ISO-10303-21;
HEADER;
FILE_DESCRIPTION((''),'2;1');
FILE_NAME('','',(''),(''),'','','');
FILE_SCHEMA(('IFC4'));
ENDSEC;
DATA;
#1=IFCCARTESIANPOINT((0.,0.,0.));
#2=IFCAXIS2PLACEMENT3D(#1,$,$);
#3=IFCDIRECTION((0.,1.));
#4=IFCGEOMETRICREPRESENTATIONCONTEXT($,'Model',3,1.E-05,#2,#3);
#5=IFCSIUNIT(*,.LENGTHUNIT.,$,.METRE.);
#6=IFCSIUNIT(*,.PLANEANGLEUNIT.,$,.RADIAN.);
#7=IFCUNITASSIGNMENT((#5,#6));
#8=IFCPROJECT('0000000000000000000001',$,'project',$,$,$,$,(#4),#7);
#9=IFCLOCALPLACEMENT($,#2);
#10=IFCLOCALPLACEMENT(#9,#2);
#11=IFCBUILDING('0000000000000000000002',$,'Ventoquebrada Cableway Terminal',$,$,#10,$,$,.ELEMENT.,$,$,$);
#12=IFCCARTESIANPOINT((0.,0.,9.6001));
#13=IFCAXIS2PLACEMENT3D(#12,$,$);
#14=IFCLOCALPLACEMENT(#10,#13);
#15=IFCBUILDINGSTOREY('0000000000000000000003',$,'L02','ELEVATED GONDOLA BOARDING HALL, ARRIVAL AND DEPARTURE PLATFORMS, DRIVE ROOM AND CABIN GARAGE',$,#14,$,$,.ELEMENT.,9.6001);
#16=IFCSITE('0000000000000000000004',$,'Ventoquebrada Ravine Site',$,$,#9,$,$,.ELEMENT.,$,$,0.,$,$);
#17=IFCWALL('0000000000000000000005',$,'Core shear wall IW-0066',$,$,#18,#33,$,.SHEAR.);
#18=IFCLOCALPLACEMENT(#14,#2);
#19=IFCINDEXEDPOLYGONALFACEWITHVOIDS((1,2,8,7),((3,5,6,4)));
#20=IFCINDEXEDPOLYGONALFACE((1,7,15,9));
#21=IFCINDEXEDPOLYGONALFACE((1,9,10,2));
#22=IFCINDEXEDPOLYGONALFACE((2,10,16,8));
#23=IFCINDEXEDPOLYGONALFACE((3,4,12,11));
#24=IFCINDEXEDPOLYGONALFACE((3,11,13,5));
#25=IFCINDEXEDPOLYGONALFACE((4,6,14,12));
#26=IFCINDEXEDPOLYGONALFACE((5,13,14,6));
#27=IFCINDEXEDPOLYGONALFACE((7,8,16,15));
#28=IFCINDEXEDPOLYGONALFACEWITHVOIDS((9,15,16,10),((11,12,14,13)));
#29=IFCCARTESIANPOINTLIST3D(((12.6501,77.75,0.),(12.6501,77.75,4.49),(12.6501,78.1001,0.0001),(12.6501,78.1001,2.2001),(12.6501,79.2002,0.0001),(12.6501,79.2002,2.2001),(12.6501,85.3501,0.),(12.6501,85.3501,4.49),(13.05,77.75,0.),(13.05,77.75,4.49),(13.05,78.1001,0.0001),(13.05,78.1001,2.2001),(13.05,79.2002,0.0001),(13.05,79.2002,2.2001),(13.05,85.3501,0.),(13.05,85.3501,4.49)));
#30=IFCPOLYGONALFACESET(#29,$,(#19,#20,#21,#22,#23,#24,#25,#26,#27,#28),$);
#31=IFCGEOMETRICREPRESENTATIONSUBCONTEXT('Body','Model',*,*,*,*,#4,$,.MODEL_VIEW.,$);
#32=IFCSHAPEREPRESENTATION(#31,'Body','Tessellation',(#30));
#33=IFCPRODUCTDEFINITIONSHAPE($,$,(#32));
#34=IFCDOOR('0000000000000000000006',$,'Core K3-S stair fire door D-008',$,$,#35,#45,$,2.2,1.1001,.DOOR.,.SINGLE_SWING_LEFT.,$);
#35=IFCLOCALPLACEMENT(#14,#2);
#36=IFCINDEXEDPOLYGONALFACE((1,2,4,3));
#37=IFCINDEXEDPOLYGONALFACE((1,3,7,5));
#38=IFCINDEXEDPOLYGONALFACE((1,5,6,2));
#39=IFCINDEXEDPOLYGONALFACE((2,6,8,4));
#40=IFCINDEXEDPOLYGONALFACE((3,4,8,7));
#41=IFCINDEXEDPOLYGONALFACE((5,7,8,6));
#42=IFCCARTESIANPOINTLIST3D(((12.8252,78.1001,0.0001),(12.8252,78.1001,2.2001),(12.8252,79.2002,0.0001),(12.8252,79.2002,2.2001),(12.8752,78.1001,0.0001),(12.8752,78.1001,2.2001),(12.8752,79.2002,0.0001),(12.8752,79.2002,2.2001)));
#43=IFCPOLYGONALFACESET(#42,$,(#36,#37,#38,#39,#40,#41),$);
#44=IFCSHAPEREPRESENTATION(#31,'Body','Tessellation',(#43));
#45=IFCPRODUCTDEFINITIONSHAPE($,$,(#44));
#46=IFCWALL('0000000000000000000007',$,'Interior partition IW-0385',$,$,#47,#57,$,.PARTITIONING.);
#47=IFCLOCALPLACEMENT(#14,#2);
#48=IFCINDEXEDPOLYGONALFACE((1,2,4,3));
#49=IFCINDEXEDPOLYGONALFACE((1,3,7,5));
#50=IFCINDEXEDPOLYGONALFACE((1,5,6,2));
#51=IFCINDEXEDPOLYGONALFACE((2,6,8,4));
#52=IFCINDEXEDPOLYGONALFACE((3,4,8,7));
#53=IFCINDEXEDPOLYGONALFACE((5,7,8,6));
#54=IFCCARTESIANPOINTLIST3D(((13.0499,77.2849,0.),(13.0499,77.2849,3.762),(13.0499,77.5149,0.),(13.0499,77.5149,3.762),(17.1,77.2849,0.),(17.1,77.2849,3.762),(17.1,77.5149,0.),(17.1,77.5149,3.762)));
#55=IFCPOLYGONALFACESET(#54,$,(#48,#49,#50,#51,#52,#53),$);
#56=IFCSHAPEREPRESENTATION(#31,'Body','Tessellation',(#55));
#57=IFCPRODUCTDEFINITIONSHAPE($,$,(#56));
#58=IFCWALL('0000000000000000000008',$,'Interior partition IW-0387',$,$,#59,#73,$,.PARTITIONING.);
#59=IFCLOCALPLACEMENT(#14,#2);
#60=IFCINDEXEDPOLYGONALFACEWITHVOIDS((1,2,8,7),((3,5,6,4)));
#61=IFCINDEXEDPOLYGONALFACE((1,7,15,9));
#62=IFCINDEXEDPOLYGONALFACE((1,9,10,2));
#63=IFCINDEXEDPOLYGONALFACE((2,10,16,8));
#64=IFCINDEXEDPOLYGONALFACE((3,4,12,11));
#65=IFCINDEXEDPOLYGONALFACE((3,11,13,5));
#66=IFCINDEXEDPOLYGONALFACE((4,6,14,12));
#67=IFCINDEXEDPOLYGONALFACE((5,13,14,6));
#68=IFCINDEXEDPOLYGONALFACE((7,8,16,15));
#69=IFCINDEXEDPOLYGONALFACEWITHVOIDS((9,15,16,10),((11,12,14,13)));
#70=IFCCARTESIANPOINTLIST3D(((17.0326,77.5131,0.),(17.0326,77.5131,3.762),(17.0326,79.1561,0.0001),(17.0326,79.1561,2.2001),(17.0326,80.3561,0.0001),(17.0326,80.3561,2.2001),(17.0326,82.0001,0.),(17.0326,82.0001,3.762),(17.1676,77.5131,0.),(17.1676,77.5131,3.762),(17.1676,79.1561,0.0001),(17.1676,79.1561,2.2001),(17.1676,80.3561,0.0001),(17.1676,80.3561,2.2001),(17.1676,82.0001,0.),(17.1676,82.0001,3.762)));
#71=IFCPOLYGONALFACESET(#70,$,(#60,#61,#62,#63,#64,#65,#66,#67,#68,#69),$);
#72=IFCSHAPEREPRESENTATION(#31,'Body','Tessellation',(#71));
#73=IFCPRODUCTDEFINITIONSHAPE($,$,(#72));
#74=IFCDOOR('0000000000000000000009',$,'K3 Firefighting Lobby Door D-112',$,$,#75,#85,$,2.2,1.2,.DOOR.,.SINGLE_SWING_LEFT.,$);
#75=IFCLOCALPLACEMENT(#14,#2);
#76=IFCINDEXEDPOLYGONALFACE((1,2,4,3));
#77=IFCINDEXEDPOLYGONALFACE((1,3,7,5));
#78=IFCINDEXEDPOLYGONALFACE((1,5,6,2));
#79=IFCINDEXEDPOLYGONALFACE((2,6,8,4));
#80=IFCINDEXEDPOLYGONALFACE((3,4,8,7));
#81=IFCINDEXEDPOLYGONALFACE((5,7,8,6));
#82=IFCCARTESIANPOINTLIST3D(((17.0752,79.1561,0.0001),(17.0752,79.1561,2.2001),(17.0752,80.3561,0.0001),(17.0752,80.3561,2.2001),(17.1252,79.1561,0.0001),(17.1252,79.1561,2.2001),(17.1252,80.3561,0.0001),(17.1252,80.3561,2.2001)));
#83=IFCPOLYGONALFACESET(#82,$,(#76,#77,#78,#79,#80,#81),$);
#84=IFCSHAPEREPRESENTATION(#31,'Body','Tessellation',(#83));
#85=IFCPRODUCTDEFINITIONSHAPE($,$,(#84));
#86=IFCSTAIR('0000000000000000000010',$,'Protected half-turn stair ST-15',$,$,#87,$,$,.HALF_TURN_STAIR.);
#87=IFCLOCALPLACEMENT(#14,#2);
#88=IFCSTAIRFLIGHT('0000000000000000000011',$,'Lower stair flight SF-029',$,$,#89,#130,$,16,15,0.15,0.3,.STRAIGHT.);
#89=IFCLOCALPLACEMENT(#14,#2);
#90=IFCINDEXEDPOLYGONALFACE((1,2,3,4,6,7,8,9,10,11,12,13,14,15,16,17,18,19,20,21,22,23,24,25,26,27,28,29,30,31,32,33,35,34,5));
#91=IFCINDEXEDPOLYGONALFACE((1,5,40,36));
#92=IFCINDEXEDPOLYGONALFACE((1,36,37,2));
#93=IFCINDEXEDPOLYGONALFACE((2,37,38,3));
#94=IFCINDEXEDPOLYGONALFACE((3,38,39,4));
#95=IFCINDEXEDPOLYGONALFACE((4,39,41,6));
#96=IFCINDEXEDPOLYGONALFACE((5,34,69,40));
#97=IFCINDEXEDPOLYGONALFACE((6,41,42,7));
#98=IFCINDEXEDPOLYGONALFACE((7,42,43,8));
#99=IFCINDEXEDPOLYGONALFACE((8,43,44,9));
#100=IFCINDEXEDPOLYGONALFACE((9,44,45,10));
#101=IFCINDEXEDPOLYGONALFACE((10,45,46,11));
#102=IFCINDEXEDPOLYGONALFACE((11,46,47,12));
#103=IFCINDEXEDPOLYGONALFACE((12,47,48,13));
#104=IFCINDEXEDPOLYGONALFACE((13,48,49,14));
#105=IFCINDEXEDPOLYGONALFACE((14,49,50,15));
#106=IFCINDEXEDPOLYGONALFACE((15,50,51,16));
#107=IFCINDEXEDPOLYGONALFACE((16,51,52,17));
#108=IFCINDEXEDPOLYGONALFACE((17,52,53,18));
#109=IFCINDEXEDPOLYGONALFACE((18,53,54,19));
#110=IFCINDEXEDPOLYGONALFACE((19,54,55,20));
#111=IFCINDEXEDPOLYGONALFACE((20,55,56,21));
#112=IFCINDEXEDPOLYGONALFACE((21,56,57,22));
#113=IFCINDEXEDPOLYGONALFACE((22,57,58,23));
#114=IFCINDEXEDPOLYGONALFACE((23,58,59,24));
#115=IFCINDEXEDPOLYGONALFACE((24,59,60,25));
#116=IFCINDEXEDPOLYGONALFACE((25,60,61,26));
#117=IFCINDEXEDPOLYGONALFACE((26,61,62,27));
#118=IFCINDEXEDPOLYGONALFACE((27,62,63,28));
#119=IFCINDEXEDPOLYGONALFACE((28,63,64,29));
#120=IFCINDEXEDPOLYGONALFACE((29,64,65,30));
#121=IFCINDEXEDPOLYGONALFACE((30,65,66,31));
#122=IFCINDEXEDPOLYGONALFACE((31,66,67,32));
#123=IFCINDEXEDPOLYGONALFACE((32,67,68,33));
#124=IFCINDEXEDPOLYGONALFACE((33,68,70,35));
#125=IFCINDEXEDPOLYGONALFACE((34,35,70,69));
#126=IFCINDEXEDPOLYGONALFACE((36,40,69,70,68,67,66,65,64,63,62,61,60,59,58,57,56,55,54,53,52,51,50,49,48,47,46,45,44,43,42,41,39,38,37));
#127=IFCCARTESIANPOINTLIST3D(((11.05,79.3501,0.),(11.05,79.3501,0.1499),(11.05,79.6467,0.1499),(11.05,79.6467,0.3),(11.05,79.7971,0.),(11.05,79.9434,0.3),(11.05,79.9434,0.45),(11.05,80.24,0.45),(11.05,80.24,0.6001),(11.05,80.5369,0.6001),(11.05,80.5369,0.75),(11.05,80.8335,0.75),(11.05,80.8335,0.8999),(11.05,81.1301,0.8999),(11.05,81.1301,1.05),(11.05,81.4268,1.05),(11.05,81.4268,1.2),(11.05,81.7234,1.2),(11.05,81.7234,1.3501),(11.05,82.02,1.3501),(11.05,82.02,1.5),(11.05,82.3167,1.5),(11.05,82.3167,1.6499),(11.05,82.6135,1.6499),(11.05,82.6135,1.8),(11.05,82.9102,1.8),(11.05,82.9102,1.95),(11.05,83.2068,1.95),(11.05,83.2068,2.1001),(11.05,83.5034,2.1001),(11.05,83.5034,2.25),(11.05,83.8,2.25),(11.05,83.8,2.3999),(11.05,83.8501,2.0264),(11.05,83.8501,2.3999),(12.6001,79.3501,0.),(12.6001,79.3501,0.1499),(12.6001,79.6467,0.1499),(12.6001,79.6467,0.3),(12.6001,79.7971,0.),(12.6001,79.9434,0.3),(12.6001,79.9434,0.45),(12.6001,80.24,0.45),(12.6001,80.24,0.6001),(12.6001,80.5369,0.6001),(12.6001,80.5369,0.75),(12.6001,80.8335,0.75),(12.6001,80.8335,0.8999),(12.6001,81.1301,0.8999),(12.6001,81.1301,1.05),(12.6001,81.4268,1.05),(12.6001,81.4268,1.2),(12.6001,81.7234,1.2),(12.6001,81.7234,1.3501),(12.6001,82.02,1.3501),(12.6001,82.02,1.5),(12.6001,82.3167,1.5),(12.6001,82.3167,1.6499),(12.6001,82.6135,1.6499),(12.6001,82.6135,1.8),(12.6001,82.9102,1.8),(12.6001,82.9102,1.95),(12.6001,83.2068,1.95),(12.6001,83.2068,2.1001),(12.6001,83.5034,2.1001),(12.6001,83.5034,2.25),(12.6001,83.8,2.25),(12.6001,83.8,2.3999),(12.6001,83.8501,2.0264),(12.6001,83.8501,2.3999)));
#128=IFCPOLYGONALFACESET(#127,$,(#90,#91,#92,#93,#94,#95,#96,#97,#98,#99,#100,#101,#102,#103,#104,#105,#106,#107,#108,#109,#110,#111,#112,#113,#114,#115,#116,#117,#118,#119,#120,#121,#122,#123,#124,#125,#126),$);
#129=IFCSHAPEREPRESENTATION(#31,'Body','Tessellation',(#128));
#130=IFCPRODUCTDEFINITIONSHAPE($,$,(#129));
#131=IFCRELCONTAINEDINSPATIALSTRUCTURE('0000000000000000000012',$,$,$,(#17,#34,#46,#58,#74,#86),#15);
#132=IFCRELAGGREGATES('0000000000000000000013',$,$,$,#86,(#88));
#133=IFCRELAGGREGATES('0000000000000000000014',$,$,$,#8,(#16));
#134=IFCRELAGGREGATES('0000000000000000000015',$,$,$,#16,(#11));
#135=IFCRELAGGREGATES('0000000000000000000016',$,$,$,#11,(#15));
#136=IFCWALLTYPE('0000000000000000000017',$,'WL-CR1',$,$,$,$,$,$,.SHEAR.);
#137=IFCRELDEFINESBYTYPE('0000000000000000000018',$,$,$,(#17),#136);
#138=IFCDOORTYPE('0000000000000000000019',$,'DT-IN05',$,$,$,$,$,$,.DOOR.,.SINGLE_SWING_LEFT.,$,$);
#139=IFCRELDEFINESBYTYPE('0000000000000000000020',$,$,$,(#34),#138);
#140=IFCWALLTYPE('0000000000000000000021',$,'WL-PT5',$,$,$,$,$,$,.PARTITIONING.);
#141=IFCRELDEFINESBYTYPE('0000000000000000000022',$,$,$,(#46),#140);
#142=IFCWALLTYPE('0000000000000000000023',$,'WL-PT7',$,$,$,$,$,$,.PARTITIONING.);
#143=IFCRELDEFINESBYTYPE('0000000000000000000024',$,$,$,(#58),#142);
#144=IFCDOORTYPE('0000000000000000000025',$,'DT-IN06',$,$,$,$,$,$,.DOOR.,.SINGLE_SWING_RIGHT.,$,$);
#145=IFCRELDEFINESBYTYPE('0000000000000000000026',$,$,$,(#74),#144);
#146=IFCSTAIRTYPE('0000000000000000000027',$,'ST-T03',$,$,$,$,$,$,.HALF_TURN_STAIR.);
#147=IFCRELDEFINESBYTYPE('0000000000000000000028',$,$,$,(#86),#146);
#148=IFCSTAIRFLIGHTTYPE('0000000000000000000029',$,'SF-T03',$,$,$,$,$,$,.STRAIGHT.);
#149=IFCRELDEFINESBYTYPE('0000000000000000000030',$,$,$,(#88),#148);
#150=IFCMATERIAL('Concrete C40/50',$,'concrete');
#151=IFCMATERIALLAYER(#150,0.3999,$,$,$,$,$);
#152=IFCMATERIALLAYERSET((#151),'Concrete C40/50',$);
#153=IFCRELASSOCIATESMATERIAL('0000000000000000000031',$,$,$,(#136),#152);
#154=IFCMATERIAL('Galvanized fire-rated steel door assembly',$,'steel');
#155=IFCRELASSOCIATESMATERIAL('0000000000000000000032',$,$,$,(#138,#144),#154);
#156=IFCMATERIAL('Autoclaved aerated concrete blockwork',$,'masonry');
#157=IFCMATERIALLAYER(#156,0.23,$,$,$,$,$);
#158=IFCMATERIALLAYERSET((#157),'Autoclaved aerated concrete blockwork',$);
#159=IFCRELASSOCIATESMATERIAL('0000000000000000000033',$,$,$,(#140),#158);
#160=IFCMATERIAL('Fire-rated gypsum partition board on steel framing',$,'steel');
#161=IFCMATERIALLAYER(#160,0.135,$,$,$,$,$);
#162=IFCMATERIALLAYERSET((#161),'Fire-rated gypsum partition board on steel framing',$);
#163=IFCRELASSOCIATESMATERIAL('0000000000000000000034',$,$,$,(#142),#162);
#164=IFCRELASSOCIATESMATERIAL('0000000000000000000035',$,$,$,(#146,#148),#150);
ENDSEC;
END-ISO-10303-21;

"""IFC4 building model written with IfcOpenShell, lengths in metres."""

from ifc_helpers import new_model, si_unit, direction, frame, frame_2d, origin, place, context, subcontext, project, spatial, polyline, rectangle, outline, extrude, material, layer, layer_set, type_object, element, fill, aggregate, save


model = new_model("IFC4")

# Units and contexts
model_context = context("Model", 3, precision=1e-05, world=origin(), true_north=direction((0.0, 1.0)))
body_context = subcontext(model_context, "Body", "Model", "MODEL_VIEW")
ifc_project = project(units=[si_unit("LENGTHUNIT", "METRE"), si_unit("PLANEANGLEUNIT", "RADIAN")], contexts=[model_context])

# Site, building, storey
site_placement = place(None, origin())
site = spatial("IfcSite", under=ifc_project, at=site_placement, Name="Ventoquebrada Ravine Site", CompositionType="ELEMENT", RefElevation=0.0)
building_placement = place(site_placement, origin())
building = spatial("IfcBuilding", under=site, at=building_placement, Name="Ventoquebrada Cableway Terminal", CompositionType="ELEMENT")
storey_placement = place(building_placement, frame((0.0, 0.0, 9.6001)))
storey = spatial("IfcBuildingStorey", under=building, at=storey_placement, Name="L02", Description="ELEVATED GONDOLA BOARDING HALL, ARRIVAL AND DEPARTURE PLATFORMS, DRIVE ROOM AND CABIN GARAGE", CompositionType="ELEMENT", Elevation=9.6001)

# Shared definitions
ifc_material_1 = material(Name="Concrete C40/50", Category="concrete")

# Shared definitions
ifc_layer_1 = layer(ifc_material_1, 0.3999)
ifc_layer_set_1 = layer_set([ifc_layer_1], Name="Concrete C40/50")
wall_type_1 = type_object("IfcWallType", Name="WL-CR1", PredefinedType="SHEAR", material=ifc_layer_set_1)

# Wall, opening, door
wall_1_placement = place(storey_placement, frame((12.8501, 77.75, 0.0), z_axis=(0.0, 0.0, 1.0), x_axis=(0.0, 1.0, 0.0)))
wall_1 = element("IfcWall", 1, at=wall_1_placement, inside=storey, type_object=wall_type_1, Name="Core shear wall IW-0066", PredefinedType="SHEAR", context=body_context, shape_type="SweptSolid", body=[
    extrude(rectangle(XDim=7.6001, YDim=0.3999, at=frame_2d((3.8, 0.0))), origin(), (0.0, 0.0, 1.0), 4.49),
])
opening_1_placement = place(wall_1_placement, frame((0.3501, 0.0, 0.0)))
opening_1 = element("IfcOpeningElement", 2, at=opening_1_placement, cuts=wall_1, PredefinedType="OPENING", context=body_context, shape_type="SweptSolid", body=[
    extrude(rectangle(XDim=1.1001, YDim=2.2, at=frame_2d((0.55, 1.1001))), frame((0.0, 0.21, 0.0), z_axis=(0.0, -1.0, 0.0), x_axis=(1.0, 0.0, 0.0)), (0.0, 0.0, 1.0), 0.4199),
])
ifc_material_2 = material(Name="Galvanized fire-rated steel door assembly", Category="steel")
door_type_1 = type_object("IfcDoorType", Name="DT-IN05", OperationType="SINGLE_SWING_LEFT", PredefinedType="DOOR", material=ifc_material_2)
door_1_placement = place(opening_1_placement, origin())
door_1 = element("IfcDoor", 3, at=door_1_placement, inside=storey, type_object=door_type_1, Name="Core K3-S stair fire door D-008", OperationType="SINGLE_SWING_LEFT", OverallHeight=2.2, OverallWidth=1.1001, PredefinedType="DOOR", context=body_context, shape_type="SweptSolid", body=[
    extrude(rectangle(XDim=1.1001, YDim=2.2, at=frame_2d((0.55, 1.1001))), frame((0.0, 0.0249, 0.0), z_axis=(0.0, -1.0, 0.0), x_axis=(1.0, 0.0, 0.0)), (0.0, 0.0, 1.0), 0.05),
])
fill(opening_1, door_1)

# Wall
ifc_material_3 = material(Name="Autoclaved aerated concrete blockwork", Category="masonry")
ifc_layer_2 = layer(ifc_material_3, 0.23)
ifc_layer_set_2 = layer_set([ifc_layer_2], Name="Autoclaved aerated concrete blockwork")
wall_type_2 = type_object("IfcWallType", Name="WL-PT5", PredefinedType="PARTITIONING", material=ifc_layer_set_2)
wall_2_placement = place(storey_placement, frame((13.05, 77.3999, 0.0), z_axis=(0.0, 0.0, 1.0), x_axis=(1.0, 0.0, 0.0)))
element("IfcWall", 4, at=wall_2_placement, inside=storey, type_object=wall_type_2, Name="Interior partition IW-0385", PredefinedType="PARTITIONING", context=body_context, shape_type="SweptSolid", body=[
    extrude(rectangle(XDim=4.05, YDim=0.23, at=frame_2d((2.0249, 0.0))), origin(), (0.0, 0.0, 1.0), 3.762),
])

# Wall, opening, door
ifc_material_4 = material(Name="Fire-rated gypsum partition board on steel framing", Category="steel")
ifc_layer_3 = layer(ifc_material_4, 0.135)
ifc_layer_set_3 = layer_set([ifc_layer_3], Name="Fire-rated gypsum partition board on steel framing")
wall_type_3 = type_object("IfcWallType", Name="WL-PT7", PredefinedType="PARTITIONING", material=ifc_layer_set_3)
wall_3_placement = place(storey_placement, frame((17.1001, 77.5129, 0.0), z_axis=(0.0, 0.0, 1.0), x_axis=(0.0, 1.0, 0.0)))
wall_3 = element("IfcWall", 5, at=wall_3_placement, inside=storey, type_object=wall_type_3, Name="Interior partition IW-0387", PredefinedType="PARTITIONING", context=body_context, shape_type="SweptSolid", body=[
    extrude(rectangle(XDim=4.4871, YDim=0.135, at=frame_2d((2.2437, 0.0))), origin(), (0.0, 0.0, 1.0), 3.762),
])
opening_2_placement = place(wall_3_placement, frame((1.6431, 0.0, 0.0)))
opening_2 = element("IfcOpeningElement", 6, at=opening_2_placement, cuts=wall_3, PredefinedType="OPENING", context=body_context, shape_type="SweptSolid", body=[
    extrude(rectangle(XDim=1.2, YDim=2.2, at=frame_2d((0.6001, 1.1001))), frame((0.0, 0.0774, 0.0), z_axis=(0.0, -1.0, 0.0), x_axis=(1.0, 0.0, 0.0)), (0.0, 0.0, 1.0), 0.155),
])
door_type_2 = type_object("IfcDoorType", Name="DT-IN06", OperationType="SINGLE_SWING_RIGHT", PredefinedType="DOOR", material=ifc_material_2)
door_2_placement = place(opening_2_placement, origin())
door_2 = element("IfcDoor", 7, at=door_2_placement, inside=storey, type_object=door_type_2, Name="K3 Firefighting Lobby Door D-112", OperationType="SINGLE_SWING_LEFT", OverallHeight=2.2, OverallWidth=1.2, PredefinedType="DOOR", context=body_context, shape_type="SweptSolid", body=[
    extrude(rectangle(XDim=1.2, YDim=2.2, at=frame_2d((0.6001, 1.1001))), frame((0.0, 0.0249, 0.0), z_axis=(0.0, -1.0, 0.0), x_axis=(1.0, 0.0, 0.0)), (0.0, 0.0, 1.0), 0.05),
])
fill(opening_2, door_2)

# Stair, stair flight
stair_type = type_object("IfcStairType", Name="ST-T03", PredefinedType="HALF_TURN_STAIR", material=ifc_material_1)
stair_placement = place(storey_placement, origin())
stair = element("IfcStair", 8, at=stair_placement, inside=storey, type_object=stair_type, Name="Protected half-turn stair ST-15", PredefinedType="HALF_TURN_STAIR")
stair_flight_type = type_object("IfcStairFlightType", Name="SF-T03", PredefinedType="STRAIGHT", material=ifc_material_1)
stair_flight_placement = place(storey_placement, frame((11.825, 79.3501, 0.0), z_axis=(0.0, 0.0, 1.0), x_axis=(0.0, 1.0, 0.0)))
stair_flight = element("IfcStairFlight", 9, at=stair_flight_placement, type_object=stair_flight_type, Name="Lower stair flight SF-029", NumberOfRisers=16, NumberOfTreads=15, PredefinedType="STRAIGHT", RiserHeight=0.15, TreadLength=0.3, context=body_context, shape_type="SweptSolid", body=[
    extrude(outline(polyline([(0.0, 0.0), (0.0, 0.1499), (0.2966, 0.1499), (0.2966, 0.3), (0.5933, 0.3), (0.5933, 0.45), (0.8899, 0.45), (0.8899, 0.6001), (1.1868, 0.6001), (1.1868, 0.75), (1.4834, 0.75), (1.4834, 0.8999), (1.78, 0.8999), (1.78, 1.05), (2.0767, 1.05), (2.0767, 1.2), (2.3733, 1.2), (2.3733, 1.3501), (2.6699, 1.3501), (2.6699, 1.5), (2.9666, 1.5), (2.9666, 1.6499), (3.2634, 1.6499), (3.2634, 1.8), (3.5601, 1.8), (3.5601, 1.95), (3.8567, 1.95), (3.8567, 2.1001), (4.1533, 2.1001), (4.1533, 2.25), (4.45, 2.25), (4.45, 2.3999), (4.5, 2.3999), (4.5, 2.0264), (0.447, 0.0), (0.0, 0.0)])), frame((0.0, 0.7749, 0.0), z_axis=(0.0, -1.0, 0.0), x_axis=(1.0, 0.0, 0.0)), (0.0, 0.0, 1.0), 1.55),
])
aggregate(stair, [stair_flight])

save(model, "model.ifc")
